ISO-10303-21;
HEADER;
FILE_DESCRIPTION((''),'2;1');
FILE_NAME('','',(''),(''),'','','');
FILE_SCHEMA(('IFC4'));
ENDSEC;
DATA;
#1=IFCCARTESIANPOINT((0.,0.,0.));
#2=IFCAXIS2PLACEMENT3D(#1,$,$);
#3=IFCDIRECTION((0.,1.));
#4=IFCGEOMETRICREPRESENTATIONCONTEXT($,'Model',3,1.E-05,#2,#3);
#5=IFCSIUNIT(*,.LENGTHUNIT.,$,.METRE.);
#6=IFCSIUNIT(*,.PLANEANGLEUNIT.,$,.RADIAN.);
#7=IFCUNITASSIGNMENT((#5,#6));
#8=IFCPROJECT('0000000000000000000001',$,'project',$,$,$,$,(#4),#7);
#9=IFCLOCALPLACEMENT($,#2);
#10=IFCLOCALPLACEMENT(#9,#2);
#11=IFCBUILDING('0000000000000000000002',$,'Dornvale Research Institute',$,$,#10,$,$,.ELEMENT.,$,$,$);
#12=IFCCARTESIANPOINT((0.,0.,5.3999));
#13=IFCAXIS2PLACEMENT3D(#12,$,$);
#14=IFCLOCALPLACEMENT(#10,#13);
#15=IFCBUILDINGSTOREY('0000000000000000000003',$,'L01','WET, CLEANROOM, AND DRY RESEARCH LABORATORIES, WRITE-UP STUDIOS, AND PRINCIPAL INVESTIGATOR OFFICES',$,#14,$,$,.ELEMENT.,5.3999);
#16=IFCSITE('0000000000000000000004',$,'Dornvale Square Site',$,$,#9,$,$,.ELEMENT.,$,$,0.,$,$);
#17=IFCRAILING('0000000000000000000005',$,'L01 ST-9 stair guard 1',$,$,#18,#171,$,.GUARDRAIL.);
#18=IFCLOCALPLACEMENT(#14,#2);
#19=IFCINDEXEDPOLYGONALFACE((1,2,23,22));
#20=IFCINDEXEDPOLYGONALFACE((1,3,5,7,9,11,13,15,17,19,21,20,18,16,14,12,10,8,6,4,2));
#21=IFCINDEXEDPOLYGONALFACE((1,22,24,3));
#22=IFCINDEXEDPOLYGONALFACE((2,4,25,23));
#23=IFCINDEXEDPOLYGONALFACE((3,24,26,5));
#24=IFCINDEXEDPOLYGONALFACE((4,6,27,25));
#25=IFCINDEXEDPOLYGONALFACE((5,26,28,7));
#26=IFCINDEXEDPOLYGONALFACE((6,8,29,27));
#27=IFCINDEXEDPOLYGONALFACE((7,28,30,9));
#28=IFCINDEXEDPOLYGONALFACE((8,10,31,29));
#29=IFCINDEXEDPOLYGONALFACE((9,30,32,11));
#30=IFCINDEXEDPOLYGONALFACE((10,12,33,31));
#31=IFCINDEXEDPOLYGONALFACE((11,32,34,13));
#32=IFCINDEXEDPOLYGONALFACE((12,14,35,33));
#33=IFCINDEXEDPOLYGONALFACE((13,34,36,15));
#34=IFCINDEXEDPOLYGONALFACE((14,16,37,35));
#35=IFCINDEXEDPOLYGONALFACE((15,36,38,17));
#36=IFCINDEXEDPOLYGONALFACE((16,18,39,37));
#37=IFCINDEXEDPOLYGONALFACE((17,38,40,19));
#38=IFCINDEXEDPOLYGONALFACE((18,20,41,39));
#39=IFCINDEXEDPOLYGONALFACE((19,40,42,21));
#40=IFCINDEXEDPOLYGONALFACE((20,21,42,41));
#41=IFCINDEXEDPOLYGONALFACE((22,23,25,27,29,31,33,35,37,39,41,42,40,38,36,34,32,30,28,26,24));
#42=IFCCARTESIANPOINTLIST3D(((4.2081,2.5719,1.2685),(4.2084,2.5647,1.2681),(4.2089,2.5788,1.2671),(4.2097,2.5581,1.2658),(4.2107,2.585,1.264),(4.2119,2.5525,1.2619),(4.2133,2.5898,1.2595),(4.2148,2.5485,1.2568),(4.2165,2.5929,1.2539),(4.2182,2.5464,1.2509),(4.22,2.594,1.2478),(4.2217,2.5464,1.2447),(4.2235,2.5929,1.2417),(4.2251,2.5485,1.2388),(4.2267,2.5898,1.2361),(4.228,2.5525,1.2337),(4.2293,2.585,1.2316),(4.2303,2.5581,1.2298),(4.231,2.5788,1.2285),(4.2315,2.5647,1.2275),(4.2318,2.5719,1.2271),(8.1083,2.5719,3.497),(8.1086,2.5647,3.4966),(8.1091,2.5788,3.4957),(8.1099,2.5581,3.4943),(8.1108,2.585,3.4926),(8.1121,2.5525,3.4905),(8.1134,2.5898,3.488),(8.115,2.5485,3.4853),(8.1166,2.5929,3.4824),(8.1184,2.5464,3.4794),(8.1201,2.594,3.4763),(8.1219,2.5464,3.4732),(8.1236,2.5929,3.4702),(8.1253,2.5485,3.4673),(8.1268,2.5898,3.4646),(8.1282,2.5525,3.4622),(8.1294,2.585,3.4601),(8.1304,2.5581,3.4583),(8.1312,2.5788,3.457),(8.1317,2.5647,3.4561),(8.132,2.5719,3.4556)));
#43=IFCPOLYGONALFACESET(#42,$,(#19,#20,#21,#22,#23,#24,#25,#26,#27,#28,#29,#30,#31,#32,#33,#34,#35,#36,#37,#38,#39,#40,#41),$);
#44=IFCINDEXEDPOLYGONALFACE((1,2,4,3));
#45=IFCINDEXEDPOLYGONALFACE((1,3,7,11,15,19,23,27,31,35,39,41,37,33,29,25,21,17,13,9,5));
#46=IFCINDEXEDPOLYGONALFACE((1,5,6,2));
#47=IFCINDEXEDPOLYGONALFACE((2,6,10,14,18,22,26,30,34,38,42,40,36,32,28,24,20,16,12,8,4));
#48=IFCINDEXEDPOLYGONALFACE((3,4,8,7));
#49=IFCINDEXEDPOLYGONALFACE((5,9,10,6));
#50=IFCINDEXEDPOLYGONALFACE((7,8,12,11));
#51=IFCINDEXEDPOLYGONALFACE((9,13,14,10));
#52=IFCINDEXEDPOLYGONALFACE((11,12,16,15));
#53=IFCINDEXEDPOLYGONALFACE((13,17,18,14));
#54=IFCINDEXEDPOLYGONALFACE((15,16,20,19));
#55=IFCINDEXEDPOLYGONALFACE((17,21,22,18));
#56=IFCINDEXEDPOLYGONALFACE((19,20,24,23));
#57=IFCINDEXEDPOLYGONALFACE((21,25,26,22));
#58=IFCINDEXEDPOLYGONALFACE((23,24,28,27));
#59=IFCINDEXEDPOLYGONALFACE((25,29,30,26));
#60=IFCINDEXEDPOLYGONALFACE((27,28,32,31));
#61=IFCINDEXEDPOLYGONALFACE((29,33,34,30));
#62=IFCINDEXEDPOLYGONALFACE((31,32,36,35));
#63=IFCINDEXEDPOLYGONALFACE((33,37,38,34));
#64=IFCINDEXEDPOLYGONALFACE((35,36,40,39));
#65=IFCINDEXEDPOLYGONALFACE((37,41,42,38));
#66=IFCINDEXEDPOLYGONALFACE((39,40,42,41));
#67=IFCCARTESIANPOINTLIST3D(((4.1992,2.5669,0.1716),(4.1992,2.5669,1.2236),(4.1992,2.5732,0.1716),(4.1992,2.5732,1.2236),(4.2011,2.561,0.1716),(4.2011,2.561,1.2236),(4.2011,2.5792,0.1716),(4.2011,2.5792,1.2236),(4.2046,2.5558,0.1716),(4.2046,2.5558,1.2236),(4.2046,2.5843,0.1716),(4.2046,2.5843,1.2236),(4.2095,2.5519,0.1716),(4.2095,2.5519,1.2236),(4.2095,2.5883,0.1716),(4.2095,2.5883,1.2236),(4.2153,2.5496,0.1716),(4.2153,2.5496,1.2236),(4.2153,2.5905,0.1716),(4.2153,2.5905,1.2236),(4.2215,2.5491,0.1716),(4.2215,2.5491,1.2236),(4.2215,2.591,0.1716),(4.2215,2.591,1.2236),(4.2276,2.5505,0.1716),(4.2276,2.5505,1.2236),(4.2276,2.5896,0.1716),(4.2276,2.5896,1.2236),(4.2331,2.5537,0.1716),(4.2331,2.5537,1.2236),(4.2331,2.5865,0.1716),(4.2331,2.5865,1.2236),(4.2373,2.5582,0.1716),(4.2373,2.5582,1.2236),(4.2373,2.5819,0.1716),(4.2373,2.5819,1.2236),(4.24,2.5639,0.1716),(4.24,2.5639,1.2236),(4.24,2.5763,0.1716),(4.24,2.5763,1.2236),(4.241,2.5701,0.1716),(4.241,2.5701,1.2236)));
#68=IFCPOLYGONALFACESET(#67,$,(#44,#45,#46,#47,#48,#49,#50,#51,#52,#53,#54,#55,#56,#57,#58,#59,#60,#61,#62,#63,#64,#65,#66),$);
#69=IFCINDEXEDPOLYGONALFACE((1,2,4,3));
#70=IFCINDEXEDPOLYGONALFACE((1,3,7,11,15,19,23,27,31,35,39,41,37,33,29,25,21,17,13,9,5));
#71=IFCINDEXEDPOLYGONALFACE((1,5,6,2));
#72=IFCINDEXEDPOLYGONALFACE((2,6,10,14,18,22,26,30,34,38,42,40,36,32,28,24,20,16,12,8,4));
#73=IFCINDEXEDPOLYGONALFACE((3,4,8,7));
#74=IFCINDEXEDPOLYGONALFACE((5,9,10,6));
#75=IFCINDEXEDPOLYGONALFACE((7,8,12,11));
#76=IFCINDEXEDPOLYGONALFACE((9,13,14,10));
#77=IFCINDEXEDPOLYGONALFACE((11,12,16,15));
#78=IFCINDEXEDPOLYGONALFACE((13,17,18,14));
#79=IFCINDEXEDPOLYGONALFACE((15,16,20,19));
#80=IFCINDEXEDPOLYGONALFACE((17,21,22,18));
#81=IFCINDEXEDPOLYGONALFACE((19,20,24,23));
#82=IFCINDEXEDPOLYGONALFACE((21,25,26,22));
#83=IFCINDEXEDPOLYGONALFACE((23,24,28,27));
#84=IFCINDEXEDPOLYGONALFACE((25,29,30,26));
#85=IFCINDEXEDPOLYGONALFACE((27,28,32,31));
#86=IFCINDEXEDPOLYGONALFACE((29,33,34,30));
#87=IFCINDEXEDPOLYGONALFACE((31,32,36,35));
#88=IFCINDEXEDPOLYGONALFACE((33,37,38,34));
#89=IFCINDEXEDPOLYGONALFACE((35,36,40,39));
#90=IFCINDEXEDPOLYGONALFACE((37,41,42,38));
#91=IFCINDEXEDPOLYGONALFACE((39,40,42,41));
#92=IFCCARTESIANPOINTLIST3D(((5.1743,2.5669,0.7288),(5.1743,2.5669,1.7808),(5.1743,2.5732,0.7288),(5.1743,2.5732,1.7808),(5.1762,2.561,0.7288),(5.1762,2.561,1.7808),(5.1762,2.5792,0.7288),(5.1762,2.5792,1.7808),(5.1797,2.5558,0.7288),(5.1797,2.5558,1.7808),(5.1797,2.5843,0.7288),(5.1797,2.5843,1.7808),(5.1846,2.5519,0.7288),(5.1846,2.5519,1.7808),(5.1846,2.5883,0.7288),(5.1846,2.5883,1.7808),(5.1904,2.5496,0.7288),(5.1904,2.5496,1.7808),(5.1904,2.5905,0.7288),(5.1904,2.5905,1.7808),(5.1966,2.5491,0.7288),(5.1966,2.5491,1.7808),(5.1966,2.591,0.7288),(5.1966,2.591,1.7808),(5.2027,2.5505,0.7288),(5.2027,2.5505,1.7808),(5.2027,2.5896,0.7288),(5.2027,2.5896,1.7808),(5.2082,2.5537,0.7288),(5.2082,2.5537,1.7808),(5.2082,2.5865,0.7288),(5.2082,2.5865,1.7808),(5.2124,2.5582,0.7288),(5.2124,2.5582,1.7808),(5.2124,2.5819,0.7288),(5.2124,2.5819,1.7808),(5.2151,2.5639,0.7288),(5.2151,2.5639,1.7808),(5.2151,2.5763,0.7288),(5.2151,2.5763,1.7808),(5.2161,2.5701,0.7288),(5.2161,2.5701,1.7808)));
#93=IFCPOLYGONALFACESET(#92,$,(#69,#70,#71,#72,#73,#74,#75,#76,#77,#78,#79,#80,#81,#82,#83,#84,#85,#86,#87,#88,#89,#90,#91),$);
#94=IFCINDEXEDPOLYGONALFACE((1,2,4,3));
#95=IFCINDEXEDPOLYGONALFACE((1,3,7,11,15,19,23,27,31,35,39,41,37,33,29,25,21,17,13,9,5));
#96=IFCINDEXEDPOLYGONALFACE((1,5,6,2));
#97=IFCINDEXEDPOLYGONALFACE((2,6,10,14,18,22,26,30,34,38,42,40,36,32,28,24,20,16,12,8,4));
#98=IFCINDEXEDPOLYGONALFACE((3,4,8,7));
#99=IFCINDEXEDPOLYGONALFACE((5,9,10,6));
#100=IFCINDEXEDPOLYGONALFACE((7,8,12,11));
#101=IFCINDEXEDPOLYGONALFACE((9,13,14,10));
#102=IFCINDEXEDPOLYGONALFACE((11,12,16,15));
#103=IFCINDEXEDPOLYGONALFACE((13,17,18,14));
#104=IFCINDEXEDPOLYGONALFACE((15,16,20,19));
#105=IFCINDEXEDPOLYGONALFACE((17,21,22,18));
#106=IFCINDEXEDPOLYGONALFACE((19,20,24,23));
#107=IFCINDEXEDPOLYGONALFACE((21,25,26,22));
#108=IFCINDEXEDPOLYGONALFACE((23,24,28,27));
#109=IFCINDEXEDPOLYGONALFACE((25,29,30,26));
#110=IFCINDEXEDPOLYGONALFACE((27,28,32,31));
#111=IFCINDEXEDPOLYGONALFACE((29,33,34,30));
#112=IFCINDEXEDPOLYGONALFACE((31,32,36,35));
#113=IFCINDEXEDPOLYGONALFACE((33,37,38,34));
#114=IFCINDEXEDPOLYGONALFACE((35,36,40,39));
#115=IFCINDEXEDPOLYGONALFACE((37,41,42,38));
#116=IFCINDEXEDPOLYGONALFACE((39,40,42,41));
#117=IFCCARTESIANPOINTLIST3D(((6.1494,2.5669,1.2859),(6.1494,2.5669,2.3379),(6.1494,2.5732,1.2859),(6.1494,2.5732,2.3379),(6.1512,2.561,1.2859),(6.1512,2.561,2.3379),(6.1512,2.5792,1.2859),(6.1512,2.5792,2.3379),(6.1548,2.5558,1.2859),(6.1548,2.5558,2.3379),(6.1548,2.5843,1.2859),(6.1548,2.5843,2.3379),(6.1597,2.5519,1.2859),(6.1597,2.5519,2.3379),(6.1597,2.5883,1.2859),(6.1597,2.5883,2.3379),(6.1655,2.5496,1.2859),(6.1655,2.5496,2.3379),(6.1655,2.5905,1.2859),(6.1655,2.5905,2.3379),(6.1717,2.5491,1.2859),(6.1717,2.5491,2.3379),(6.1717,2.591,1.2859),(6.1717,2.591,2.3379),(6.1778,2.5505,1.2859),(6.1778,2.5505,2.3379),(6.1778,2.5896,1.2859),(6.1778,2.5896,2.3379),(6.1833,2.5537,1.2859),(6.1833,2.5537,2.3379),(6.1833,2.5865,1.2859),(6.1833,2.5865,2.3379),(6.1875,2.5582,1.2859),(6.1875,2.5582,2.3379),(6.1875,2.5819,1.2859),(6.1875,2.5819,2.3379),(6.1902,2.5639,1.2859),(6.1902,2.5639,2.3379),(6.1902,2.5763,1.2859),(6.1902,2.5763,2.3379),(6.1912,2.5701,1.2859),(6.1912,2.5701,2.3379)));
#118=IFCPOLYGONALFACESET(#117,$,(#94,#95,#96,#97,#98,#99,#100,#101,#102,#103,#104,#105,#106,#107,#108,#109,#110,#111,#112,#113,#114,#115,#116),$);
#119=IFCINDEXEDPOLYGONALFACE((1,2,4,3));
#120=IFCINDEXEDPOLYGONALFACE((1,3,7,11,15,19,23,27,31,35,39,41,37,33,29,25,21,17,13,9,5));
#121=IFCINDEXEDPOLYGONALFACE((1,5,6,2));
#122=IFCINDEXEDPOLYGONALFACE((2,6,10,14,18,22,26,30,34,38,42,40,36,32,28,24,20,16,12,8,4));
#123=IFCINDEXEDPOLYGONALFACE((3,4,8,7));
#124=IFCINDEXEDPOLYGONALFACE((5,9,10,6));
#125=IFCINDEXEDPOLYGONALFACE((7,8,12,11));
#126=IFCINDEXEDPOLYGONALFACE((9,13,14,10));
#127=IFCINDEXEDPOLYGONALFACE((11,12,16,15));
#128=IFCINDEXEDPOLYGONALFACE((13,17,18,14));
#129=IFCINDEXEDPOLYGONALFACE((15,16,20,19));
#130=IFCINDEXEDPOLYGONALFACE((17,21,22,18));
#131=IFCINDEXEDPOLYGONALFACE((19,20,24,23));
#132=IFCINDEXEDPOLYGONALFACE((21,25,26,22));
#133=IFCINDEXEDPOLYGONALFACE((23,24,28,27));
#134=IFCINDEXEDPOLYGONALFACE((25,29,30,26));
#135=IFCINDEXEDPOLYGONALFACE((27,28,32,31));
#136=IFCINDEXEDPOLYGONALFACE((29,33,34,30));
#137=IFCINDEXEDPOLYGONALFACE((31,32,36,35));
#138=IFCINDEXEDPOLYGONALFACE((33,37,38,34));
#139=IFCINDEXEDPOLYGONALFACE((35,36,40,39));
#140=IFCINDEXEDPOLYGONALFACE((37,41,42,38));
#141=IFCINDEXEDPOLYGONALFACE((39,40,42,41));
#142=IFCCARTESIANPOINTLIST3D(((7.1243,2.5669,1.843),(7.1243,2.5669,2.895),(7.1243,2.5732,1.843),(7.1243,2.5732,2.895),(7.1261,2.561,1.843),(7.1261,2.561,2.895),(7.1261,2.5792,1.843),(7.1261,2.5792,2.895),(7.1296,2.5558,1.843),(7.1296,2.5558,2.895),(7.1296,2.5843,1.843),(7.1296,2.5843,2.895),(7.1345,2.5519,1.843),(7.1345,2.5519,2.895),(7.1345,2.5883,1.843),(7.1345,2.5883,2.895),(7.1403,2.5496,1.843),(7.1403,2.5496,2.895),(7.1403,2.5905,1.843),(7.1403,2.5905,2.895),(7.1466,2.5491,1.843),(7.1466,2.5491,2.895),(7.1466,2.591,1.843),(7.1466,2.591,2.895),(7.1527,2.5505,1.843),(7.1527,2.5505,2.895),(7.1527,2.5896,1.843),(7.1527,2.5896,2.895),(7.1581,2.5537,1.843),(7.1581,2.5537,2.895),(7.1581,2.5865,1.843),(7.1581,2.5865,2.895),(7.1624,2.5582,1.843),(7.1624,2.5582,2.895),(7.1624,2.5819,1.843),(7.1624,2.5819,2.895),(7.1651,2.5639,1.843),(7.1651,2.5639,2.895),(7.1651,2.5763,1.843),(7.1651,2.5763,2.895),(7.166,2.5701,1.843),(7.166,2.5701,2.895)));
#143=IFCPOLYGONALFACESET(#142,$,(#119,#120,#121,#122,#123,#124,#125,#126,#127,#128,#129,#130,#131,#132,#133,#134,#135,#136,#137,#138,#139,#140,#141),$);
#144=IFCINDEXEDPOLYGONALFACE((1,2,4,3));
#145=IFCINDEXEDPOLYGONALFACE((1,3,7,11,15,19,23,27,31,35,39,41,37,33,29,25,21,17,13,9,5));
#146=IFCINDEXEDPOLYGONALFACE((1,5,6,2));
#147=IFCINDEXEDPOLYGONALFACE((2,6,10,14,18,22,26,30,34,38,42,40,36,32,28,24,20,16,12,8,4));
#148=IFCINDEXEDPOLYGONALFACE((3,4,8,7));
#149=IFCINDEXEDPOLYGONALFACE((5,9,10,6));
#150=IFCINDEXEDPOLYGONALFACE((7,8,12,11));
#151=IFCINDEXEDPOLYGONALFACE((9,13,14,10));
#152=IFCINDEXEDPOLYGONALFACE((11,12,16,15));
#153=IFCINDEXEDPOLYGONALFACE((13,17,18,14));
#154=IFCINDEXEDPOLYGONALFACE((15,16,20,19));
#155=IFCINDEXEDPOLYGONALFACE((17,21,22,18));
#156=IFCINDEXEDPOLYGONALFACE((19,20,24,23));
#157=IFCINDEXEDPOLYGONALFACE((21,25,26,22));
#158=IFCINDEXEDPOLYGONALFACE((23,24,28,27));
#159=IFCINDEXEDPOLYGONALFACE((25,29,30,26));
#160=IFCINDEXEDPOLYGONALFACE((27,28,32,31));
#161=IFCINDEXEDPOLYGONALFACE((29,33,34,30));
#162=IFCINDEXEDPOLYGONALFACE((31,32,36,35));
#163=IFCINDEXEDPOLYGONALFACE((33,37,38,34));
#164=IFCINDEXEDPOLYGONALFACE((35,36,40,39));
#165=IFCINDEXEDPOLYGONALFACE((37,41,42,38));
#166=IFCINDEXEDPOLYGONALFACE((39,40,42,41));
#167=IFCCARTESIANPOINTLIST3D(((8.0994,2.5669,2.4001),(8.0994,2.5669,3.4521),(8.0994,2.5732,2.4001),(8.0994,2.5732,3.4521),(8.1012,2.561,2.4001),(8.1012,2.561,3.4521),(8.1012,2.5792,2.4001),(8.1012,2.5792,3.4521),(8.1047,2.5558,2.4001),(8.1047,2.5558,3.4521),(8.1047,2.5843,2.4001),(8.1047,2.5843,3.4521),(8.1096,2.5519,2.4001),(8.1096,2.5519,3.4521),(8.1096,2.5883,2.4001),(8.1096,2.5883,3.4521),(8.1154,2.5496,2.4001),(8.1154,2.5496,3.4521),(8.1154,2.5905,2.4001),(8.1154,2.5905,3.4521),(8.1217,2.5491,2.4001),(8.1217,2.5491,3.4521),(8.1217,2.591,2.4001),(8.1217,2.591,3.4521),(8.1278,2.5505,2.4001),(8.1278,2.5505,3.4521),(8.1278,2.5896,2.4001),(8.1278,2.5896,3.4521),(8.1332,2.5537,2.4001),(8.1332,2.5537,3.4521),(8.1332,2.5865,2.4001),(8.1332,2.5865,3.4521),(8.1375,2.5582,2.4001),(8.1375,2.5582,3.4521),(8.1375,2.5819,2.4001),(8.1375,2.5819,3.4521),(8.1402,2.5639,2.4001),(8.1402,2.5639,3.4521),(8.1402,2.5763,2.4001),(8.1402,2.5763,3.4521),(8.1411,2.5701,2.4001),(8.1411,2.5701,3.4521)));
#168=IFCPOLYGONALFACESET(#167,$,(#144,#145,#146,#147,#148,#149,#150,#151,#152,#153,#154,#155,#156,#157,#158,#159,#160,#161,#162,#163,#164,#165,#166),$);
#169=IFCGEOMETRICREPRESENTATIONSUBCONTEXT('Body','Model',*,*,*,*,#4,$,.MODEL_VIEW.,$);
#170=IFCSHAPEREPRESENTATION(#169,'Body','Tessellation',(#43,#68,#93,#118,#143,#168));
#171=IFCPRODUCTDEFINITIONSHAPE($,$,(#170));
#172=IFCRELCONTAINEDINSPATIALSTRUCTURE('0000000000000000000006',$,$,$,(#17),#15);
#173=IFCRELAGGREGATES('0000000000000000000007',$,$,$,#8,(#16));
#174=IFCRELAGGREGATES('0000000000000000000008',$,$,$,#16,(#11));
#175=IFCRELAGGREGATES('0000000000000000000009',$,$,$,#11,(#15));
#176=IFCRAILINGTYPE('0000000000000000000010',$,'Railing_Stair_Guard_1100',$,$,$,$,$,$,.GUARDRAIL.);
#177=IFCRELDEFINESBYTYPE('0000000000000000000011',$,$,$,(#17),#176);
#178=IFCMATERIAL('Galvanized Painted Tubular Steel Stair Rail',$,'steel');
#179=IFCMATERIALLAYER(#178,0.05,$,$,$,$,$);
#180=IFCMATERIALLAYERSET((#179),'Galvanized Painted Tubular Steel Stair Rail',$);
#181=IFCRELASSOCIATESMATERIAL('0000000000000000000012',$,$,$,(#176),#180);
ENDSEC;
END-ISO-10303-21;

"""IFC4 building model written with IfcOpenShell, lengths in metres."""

from ifc_helpers import new_model, si_unit, direction, frame, origin, origin_2d, place, context, subcontext, project, spatial, circle, extrude, material, layer, layer_set, type_object, element, save


model = new_model("IFC4")

# Units and contexts
model_context = context("Model", 3, precision=1e-05, world=origin(), true_north=direction((0.0, 1.0)))
body_context = subcontext(model_context, "Body", "Model", "MODEL_VIEW")
ifc_project = project(units=[si_unit("LENGTHUNIT", "METRE"), si_unit("PLANEANGLEUNIT", "RADIAN")], contexts=[model_context])

# Site, building, storey
site_placement = place(None, origin())
site = spatial("IfcSite", under=ifc_project, at=site_placement, Name="Dornvale Square Site", CompositionType="ELEMENT", RefElevation=0.0)
building_placement = place(site_placement, origin())
building = spatial("IfcBuilding", under=site, at=building_placement, Name="Dornvale Research Institute", CompositionType="ELEMENT")
storey_placement = place(building_placement, frame((0.0, 0.0, 5.3999)))
storey = spatial("IfcBuildingStorey", under=building, at=storey_placement, Name="L01", Description="WET, CLEANROOM, AND DRY RESEARCH LABORATORIES, WRITE-UP STUDIOS, AND PRINCIPAL INVESTIGATOR OFFICES", CompositionType="ELEMENT", Elevation=5.3999)

# Railing
ifc_material_1 = material(Name="Galvanized Painted Tubular Steel Stair Rail", Category="steel")
ifc_layer_1 = layer(ifc_material_1, 0.05)
ifc_layer_set_1 = layer_set([ifc_layer_1], Name="Galvanized Painted Tubular Steel Stair Rail")
railing_type_1 = type_object("IfcRailingType", Name="Railing_Stair_Guard_1100", PredefinedType="GUARDRAIL", material=ifc_layer_set_1)
railing_1_placement = place(storey_placement, frame((4.22, 2.5701, 0.1716)))
element("IfcRailing", 1, at=railing_1_placement, inside=storey, type_object=railing_type_1, Name="L01 ST-9 stair guard 1", PredefinedType="GUARDRAIL", context=body_context, shape_type="SweptSolid", body=[
    extrude(circle(Radius=0.0239, at=origin_2d()), frame((0.0, 0.0, 1.0762), z_axis=(0.868257, 0.0, 0.496116), x_axis=(0.0, 1.0, 0.0)), (0.0, 0.0, 1.0), 4.4919),
    extrude(circle(Radius=0.021, at=origin_2d()), origin(), (0.0, 0.0, 1.0), 1.052),
    extrude(circle(Radius=0.021, at=origin_2d()), frame((0.9751, 0.0, 0.5571)), (0.0, 0.0, 1.0), 1.052),
    extrude(circle(Radius=0.021, at=origin_2d()), frame((1.9502, 0.0, 1.1143)), (0.0, 0.0, 1.0), 1.052),
    extrude(circle(Radius=0.021, at=origin_2d()), frame((2.925, 0.0, 1.6714)), (0.0, 0.0, 1.0), 1.052),
    extrude(circle(Radius=0.021, at=origin_2d()), frame((3.9001, 0.0, 2.2285)), (0.0, 0.0, 1.0), 1.052),
])

save(model, "model.ifc")
